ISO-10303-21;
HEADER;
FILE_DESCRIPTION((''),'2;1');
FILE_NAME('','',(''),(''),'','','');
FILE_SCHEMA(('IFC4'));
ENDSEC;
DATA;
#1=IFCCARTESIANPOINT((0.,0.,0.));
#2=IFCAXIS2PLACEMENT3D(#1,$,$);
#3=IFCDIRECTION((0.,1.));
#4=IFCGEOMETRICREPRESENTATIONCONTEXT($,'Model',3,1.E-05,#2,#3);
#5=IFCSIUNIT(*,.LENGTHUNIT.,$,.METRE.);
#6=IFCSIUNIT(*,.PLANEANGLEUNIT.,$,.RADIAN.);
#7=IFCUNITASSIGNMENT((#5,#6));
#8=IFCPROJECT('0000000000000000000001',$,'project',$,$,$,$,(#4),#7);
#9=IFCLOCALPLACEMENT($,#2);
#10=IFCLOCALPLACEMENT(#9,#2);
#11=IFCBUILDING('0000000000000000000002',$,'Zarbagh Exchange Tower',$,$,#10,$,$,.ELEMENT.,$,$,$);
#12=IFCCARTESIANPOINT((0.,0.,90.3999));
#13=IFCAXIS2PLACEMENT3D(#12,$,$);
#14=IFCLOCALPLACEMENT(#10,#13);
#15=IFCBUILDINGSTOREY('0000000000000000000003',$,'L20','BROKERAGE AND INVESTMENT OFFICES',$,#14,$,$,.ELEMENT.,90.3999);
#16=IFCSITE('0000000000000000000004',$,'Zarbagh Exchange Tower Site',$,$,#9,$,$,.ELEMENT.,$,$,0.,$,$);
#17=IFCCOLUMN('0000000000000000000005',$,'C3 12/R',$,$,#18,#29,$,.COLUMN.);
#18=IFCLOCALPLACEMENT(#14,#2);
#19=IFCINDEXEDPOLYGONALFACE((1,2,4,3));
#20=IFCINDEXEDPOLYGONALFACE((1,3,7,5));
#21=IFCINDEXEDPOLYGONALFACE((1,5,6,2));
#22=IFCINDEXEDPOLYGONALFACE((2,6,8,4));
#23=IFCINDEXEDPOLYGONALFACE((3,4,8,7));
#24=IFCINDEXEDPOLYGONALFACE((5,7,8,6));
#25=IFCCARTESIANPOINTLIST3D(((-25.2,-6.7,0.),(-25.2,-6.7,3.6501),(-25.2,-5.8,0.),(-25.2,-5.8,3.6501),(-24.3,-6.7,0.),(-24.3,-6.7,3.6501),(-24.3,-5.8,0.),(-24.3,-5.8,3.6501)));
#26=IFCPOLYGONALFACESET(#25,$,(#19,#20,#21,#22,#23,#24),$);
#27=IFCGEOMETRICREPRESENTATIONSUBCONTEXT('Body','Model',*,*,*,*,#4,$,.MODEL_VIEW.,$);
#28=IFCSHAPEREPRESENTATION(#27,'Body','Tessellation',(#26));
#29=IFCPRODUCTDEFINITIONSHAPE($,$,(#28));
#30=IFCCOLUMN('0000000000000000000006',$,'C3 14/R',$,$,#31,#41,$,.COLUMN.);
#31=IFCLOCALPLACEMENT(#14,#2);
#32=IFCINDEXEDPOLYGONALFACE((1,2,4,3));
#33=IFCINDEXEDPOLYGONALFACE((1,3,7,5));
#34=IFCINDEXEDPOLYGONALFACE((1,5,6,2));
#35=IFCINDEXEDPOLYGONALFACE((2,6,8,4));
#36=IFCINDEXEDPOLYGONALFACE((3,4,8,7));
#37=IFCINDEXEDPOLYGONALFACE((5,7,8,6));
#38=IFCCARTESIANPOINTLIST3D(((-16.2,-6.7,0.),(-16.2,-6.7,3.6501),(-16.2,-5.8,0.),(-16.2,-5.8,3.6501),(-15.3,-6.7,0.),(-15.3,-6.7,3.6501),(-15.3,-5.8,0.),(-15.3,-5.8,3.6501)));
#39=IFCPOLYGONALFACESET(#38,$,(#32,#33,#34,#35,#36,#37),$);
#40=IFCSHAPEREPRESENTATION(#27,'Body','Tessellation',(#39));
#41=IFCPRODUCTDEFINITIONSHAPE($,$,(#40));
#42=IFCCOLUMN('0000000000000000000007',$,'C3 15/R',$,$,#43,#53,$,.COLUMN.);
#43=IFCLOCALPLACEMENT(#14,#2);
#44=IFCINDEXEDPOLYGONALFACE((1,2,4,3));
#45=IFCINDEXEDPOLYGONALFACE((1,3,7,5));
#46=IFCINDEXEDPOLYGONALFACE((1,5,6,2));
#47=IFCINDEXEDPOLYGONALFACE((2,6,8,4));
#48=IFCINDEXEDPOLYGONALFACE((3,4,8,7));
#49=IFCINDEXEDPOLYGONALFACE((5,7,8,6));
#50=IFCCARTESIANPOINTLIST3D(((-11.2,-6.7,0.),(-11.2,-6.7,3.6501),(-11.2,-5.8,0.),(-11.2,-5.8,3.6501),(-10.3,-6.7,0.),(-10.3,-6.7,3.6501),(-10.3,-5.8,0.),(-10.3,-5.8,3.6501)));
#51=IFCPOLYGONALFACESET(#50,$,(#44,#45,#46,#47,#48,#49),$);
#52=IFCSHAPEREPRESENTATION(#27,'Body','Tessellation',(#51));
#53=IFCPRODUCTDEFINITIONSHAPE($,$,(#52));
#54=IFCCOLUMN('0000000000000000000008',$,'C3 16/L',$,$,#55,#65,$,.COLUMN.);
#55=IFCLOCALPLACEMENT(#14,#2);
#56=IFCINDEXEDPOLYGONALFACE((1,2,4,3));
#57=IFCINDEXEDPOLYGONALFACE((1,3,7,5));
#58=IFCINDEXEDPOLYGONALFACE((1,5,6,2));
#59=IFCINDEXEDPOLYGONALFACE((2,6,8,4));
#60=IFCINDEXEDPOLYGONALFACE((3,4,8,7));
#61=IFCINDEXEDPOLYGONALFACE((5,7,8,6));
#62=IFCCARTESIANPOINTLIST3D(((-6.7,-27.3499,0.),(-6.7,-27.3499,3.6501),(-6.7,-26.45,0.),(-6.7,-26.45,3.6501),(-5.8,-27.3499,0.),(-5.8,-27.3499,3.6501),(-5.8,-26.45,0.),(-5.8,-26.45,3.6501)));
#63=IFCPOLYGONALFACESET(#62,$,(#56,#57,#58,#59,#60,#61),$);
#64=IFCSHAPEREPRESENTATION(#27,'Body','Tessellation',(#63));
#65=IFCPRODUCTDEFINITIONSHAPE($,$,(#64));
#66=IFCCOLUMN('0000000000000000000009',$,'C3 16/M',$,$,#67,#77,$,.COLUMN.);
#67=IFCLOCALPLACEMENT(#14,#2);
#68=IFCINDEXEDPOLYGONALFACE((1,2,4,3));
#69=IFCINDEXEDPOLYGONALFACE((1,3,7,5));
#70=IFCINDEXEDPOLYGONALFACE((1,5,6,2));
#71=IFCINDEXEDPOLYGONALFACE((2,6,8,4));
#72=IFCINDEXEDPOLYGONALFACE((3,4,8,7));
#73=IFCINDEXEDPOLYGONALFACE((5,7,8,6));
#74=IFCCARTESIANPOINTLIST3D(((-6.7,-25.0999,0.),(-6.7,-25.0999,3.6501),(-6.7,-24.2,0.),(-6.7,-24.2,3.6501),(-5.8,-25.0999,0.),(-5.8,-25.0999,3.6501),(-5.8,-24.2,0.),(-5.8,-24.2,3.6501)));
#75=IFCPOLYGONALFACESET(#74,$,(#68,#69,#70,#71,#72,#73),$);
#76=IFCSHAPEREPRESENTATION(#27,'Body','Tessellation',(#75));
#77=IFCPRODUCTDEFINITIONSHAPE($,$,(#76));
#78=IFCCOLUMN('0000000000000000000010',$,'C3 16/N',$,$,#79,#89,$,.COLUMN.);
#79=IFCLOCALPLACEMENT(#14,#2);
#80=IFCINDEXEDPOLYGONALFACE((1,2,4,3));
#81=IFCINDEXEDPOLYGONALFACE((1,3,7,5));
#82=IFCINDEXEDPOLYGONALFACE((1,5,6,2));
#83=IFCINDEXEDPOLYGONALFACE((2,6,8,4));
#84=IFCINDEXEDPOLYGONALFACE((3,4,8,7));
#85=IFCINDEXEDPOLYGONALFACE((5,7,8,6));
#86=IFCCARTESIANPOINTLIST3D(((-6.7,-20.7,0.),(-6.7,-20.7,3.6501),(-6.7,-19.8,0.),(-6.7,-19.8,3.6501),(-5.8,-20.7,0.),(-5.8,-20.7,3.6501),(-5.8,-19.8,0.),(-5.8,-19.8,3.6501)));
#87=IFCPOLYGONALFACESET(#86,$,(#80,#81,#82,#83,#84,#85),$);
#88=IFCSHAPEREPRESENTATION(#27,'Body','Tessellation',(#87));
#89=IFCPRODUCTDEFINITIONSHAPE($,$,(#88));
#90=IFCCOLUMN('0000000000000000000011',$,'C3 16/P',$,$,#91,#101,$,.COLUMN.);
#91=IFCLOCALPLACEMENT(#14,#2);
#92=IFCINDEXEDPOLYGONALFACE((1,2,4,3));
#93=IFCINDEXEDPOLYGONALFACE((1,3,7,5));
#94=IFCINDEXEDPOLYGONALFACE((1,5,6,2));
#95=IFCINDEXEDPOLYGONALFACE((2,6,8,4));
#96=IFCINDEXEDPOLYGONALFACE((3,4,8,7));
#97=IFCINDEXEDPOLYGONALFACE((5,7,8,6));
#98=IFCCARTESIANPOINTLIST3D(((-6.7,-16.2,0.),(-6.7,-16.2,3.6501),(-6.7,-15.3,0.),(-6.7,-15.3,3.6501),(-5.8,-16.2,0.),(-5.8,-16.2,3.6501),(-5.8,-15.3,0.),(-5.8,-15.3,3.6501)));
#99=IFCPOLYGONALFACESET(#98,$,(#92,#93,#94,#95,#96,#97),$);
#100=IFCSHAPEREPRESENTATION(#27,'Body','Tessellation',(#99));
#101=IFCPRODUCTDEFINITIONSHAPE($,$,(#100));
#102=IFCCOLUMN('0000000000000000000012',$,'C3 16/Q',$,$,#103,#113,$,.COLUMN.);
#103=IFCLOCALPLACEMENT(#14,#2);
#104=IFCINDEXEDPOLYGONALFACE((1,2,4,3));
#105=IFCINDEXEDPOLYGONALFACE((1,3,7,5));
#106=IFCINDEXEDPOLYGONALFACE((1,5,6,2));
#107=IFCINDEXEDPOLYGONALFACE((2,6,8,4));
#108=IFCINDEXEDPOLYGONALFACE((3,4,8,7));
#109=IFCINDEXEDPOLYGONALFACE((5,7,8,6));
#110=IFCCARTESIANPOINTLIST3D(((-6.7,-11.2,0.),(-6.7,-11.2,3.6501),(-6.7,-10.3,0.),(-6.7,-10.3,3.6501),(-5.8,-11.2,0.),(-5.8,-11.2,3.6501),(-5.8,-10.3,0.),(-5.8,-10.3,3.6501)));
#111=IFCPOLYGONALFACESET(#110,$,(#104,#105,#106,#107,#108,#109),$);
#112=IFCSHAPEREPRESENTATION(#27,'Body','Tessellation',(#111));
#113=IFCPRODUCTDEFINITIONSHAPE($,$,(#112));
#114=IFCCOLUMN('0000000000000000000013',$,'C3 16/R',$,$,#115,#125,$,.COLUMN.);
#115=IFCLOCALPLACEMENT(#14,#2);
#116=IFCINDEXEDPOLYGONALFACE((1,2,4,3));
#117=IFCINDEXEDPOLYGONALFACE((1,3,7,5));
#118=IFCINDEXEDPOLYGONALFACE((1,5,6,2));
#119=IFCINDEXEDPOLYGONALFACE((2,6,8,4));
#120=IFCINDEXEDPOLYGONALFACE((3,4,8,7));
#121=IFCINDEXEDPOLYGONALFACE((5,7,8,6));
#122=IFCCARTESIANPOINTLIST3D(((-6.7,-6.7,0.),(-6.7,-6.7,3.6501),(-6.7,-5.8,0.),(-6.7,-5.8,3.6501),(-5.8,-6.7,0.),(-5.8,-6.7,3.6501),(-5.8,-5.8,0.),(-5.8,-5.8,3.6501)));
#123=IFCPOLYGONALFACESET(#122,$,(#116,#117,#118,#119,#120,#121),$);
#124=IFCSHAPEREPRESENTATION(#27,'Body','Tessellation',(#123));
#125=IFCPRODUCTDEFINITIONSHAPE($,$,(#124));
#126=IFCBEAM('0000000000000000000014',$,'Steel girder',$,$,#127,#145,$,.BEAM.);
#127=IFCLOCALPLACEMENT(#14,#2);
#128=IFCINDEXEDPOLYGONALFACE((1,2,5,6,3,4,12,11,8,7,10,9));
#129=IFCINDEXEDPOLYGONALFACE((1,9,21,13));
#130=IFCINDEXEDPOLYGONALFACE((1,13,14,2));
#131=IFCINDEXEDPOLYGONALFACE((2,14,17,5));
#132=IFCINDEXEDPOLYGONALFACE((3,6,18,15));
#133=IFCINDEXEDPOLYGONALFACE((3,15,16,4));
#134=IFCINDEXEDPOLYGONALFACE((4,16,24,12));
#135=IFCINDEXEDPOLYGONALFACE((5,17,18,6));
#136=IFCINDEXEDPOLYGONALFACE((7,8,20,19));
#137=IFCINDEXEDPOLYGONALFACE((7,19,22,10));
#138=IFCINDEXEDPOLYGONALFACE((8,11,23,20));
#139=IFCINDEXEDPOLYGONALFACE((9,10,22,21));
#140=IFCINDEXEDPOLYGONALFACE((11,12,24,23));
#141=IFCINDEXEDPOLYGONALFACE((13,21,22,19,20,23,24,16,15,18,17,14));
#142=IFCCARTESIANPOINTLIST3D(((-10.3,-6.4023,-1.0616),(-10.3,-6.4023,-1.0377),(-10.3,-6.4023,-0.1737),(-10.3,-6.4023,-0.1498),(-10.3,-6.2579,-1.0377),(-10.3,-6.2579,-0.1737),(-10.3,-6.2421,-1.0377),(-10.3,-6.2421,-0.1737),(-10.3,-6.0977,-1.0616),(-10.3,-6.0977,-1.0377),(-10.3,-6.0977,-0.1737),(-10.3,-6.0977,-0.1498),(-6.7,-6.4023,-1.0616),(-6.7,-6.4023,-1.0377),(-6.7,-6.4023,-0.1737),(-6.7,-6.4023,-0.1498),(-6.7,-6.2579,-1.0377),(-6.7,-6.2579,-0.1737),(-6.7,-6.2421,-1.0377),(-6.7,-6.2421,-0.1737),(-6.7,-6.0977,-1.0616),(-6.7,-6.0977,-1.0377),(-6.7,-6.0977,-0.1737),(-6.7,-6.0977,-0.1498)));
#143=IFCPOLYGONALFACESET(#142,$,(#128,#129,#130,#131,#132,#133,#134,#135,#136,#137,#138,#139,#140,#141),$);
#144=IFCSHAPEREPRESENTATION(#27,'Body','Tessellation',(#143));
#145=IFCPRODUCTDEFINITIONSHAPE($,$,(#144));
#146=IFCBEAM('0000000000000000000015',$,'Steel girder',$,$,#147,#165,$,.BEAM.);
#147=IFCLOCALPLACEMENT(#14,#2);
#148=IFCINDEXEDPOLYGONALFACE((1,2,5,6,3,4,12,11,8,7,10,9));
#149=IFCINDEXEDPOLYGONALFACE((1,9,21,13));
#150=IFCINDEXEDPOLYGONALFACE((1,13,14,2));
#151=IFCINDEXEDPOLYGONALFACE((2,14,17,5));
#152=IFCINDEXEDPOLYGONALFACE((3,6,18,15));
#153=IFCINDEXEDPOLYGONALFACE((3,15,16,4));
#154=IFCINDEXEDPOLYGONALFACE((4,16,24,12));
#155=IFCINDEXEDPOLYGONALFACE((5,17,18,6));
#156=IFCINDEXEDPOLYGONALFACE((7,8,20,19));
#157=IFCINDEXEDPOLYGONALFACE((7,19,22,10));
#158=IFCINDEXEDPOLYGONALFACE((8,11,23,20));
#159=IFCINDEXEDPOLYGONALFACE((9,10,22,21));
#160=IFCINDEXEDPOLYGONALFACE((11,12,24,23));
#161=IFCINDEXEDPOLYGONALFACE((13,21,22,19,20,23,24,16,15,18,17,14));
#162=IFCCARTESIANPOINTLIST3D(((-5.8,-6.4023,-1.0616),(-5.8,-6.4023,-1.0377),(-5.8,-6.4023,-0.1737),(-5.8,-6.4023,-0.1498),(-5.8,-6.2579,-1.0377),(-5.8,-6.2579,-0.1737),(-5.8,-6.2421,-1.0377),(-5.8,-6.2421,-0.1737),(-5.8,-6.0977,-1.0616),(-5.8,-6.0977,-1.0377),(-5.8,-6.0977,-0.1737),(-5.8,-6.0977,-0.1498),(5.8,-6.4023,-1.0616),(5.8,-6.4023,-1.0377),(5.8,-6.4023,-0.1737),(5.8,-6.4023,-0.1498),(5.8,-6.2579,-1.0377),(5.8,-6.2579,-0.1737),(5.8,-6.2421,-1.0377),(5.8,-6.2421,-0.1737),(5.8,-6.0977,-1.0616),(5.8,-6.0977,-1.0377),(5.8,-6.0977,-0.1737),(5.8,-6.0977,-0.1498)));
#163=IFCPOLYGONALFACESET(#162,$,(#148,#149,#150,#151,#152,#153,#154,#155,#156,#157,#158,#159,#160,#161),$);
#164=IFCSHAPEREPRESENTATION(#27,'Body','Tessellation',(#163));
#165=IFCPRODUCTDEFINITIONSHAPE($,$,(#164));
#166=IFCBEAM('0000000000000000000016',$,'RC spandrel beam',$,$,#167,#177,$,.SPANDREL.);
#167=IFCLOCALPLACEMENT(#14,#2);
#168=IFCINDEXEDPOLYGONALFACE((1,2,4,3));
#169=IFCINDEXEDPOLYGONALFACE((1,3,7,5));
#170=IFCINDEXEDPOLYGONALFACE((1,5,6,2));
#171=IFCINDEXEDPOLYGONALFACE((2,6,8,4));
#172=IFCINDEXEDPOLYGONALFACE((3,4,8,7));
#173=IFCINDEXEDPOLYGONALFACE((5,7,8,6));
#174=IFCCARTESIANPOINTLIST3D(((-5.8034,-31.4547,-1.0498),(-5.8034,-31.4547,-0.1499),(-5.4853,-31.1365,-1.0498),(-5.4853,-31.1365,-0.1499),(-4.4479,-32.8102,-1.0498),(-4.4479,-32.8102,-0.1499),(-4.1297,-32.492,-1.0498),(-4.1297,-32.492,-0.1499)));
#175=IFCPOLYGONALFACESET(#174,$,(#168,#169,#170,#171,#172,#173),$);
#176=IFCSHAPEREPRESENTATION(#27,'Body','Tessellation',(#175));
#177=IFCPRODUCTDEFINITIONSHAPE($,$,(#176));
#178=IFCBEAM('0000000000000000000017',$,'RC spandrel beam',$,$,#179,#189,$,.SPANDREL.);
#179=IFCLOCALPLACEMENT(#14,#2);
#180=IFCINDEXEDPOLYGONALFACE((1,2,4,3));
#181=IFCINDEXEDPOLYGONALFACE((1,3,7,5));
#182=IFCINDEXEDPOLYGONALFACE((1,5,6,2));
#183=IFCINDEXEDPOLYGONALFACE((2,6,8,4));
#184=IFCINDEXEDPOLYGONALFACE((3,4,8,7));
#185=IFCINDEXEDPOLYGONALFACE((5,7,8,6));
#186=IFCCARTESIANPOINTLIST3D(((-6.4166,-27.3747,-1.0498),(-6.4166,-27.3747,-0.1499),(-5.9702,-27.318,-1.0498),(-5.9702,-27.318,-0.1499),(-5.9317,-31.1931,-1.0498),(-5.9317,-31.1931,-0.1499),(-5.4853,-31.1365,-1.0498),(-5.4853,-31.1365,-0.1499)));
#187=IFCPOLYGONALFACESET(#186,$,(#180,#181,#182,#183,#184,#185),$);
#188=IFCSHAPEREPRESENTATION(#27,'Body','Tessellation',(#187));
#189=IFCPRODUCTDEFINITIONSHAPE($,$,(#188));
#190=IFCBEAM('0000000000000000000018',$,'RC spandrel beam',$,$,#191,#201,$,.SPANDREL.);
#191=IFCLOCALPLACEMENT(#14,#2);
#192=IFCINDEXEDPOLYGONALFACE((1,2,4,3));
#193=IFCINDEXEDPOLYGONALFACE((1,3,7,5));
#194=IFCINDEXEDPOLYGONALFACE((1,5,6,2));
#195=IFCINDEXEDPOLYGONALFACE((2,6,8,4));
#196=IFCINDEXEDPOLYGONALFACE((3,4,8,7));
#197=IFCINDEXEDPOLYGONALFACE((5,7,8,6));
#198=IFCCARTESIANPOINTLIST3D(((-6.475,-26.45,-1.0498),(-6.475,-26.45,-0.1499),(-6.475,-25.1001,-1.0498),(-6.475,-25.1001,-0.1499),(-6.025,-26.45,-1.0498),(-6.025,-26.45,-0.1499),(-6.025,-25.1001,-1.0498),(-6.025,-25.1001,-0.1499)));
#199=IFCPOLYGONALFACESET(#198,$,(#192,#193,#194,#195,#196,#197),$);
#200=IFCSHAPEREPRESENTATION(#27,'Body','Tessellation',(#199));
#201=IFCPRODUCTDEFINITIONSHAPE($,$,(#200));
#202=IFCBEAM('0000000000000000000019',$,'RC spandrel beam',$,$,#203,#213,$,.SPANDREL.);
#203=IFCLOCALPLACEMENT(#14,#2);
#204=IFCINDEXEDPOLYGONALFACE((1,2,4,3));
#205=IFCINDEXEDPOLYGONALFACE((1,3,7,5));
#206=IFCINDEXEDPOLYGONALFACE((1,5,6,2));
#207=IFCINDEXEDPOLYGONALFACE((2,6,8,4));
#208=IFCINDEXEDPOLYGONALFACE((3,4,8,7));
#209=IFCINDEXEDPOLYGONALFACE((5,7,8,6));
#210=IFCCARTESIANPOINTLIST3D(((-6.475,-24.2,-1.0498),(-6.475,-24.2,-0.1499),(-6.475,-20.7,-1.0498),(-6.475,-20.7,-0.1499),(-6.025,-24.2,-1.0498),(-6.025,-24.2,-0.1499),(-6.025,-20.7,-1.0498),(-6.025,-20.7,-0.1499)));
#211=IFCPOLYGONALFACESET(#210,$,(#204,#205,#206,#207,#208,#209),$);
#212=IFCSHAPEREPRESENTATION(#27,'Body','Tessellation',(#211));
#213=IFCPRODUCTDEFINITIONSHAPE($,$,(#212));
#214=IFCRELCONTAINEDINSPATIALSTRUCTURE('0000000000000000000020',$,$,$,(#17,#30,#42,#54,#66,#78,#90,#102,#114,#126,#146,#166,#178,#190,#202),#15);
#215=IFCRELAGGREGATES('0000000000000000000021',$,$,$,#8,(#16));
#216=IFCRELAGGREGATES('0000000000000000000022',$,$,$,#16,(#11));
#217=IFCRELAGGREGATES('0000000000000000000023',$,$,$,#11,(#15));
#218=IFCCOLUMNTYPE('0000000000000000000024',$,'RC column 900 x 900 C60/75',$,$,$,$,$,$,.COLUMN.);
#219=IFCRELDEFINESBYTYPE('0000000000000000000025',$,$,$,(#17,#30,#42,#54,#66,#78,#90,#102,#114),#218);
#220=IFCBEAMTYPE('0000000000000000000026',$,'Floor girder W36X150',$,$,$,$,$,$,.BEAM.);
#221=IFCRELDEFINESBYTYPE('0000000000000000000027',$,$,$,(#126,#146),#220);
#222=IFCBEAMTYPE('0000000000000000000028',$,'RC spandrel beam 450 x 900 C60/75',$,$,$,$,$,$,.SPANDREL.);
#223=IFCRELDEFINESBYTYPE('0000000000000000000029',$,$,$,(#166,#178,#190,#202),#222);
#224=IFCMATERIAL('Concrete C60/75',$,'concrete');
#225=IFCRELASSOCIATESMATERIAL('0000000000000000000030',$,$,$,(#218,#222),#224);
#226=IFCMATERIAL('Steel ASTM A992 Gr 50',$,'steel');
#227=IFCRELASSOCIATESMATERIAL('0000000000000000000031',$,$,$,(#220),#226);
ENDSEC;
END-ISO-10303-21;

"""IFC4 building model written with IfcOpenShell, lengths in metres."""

from ifc_helpers import new_model, si_unit, direction, frame, origin, origin_2d, place, context, subcontext, project, spatial, rectangle, i_section, extrude, material, material_profile, profile_set, type_object, element, save


model = new_model("IFC4")

# Units and contexts
model_context = context("Model", 3, precision=1e-05, world=origin(), true_north=direction((0.0, 1.0)))
body_context = subcontext(model_context, "Body", "Model", "MODEL_VIEW")
ifc_project = project(units=[si_unit("LENGTHUNIT", "METRE"), si_unit("PLANEANGLEUNIT", "RADIAN")], contexts=[model_context])

# Site, building, storey
site_placement = place(None, origin())
site = spatial("IfcSite", under=ifc_project, at=site_placement, Name="Zarbagh Exchange Tower Site", CompositionType="ELEMENT", RefElevation=0.0)
building_placement = place(site_placement, origin())
building = spatial("IfcBuilding", under=site, at=building_placement, Name="Zarbagh Exchange Tower", CompositionType="ELEMENT")
storey_placement = place(building_placement, frame((0.0, 0.0, 90.3999)))
storey = spatial("IfcBuildingStorey", under=building, at=storey_placement, Name="L20", Description="BROKERAGE AND INVESTMENT OFFICES", CompositionType="ELEMENT", Elevation=90.3999)

# Columns
ifc_material_1 = material(Name="Concrete C60/75", Category="concrete")
ifc_material_profile_1 = material_profile(ifc_material_1, rectangle(XDim=0.8999, YDim=0.8999, at=origin_2d()), Name="RC column 900 x 900 C60/75")
ifc_profile_set_1 = profile_set([ifc_material_profile_1], Name="Concrete C60/75")
column_type = type_object("IfcColumnType", Name="RC column 900 x 900 C60/75", PredefinedType="COLUMN", material=ifc_profile_set_1)
for number, where, z_axis, x_axis, name in (
    (1, (-24.75, -6.25, 0.0), (0.0, 0.0, 1.0), (1.0, 0.0, 0.0), "C3 12/R"),
    (2, (-15.75, -6.25, 0.0), (0.0, 0.0, 1.0), (1.0, 0.0, 0.0), "C3 14/R"),
    (3, (-10.75, -6.25, 0.0), (0.0, 0.0, 1.0), (1.0, 0.0, 0.0), "C3 15/R"),
    (4, (-6.25, -26.8999, 0.0), (0.0, 0.0, 1.0), (1.0, 0.0, 0.0), "C3 16/L"),
    (5, (-6.25, -24.6499, 0.0), (0.0, 0.0, 1.0), (1.0, 0.0, 0.0), "C3 16/M"),
    (6, (-6.25, -20.25, 0.0), (0.0, 0.0, 1.0), (1.0, 0.0, 0.0), "C3 16/N"),
    (7, (-6.25, -15.75, 0.0), (0.0, 0.0, 1.0), (1.0, 0.0, 0.0), "C3 16/P"),
    (8, (-6.25, -10.75, 0.0), (0.0, 0.0, 1.0), (1.0, 0.0, 0.0), "C3 16/Q"),
    (9, (-6.25, -6.25, 0.0), (0.0, 0.0, 1.0), (1.0, 0.0, 0.0), "C3 16/R"),
):
    element("IfcColumn", number, at=place(storey_placement, frame(where, z_axis=z_axis, x_axis=x_axis)), inside=storey, type_object=column_type, Name=name, PredefinedType="COLUMN", context=body_context, shape_type="SweptSolid", body=[
        extrude(rectangle(XDim=0.8999, YDim=0.8999, at=origin_2d()), origin(), (0.0, 0.0, 1.0), 3.6501),
    ])

# Beams
ifc_material_2 = material(Name="Steel ASTM A992 Gr 50", Category="steel")
ifc_material_profile_2 = material_profile(ifc_material_2, i_section(OverallWidth=0.3047, OverallDepth=0.9119, WebThickness=0.0159, FlangeThickness=0.0239, at=origin_2d()), Name="W36X150")
ifc_profile_set_2 = profile_set([ifc_material_profile_2], Name="Steel ASTM A992 Gr 50")
beam_type_1 = type_object("IfcBeamType", Name="Floor girder W36X150", PredefinedType="BEAM", material=ifc_profile_set_2)
beam_1_placement = place(storey_placement, frame((-10.3, -6.25, -0.6057), z_axis=(1.0, 0.0, 0.0), x_axis=(0.0, 1.0, 0.0)))
element("IfcBeam", 10, at=beam_1_placement, inside=storey, type_object=beam_type_1, Name="Steel girder", PredefinedType="BEAM", context=body_context, shape_type="SweptSolid", body=[
    extrude(i_section(OverallWidth=0.3047, OverallDepth=0.9119, WebThickness=0.0159, FlangeThickness=0.0239, at=origin_2d()), origin(), (0.0, 0.0, 1.0), 3.6001),
])
beam_2_placement = place(storey_placement, frame((-5.8, -6.25, -0.6057), z_axis=(1.0, 0.0, 0.0), x_axis=(0.0, 1.0, 0.0)))
element("IfcBeam", 11, at=beam_2_placement, inside=storey, type_object=beam_type_1, Name="Steel girder", PredefinedType="BEAM", context=body_context, shape_type="SweptSolid", body=[
    extrude(i_section(OverallWidth=0.3047, OverallDepth=0.9119, WebThickness=0.0159, FlangeThickness=0.0239, at=origin_2d()), origin(), (0.0, 0.0, 1.0), 11.6001),
])
ifc_material_profile_3 = material_profile(ifc_material_1, rectangle(XDim=0.45, YDim=0.8999, at=origin_2d()), Name="RC spandrel beam 450 x 900 C60/75")
ifc_profile_set_3 = profile_set([ifc_material_profile_3], Name="Concrete C60/75")
beam_type_2 = type_object("IfcBeamType", Name="RC spandrel beam 450 x 900 C60/75", PredefinedType="SPANDREL", material=ifc_profile_set_3)
beam_3_placement = place(storey_placement, frame((-4.2888, -32.6511, -0.5999), z_axis=(-0.707107, 0.707107, 0.0), x_axis=(-0.707107, -0.707107, 0.0)))
element("IfcBeam", 12, at=beam_3_placement, inside=storey, type_object=beam_type_2, Name="RC spandrel beam", PredefinedType="SPANDREL", context=body_context, shape_type="SweptSolid", body=[
    extrude(rectangle(XDim=0.45, YDim=0.8999, at=origin_2d()), origin(), (0.0, 0.0, 1.0), 1.917),
])
beam_4_placement = place(storey_placement, frame((-5.7085, -31.1648, -0.5999), z_axis=(-0.125971, 0.992034, 0.0), x_axis=(-0.992034, -0.125971, 0.0)))
element("IfcBeam", 13, at=beam_4_placement, inside=storey, type_object=beam_type_2, Name="RC spandrel beam", PredefinedType="SPANDREL", context=body_context, shape_type="SweptSolid", body=[
    extrude(rectangle(XDim=0.45, YDim=0.8999, at=origin_2d()), origin(), (0.0, 0.0, 1.0), 3.8491),
])
beam_5_placement = place(storey_placement, frame((-6.25, -26.45, -0.5999), z_axis=(0.0, 1.0, 0.0), x_axis=(-1.0, 0.0, 0.0)))
element("IfcBeam", 14, at=beam_5_placement, inside=storey, type_object=beam_type_2, Name="RC spandrel beam", PredefinedType="SPANDREL", context=body_context, shape_type="SweptSolid", body=[
    extrude(rectangle(XDim=0.45, YDim=0.8999, at=origin_2d()), origin(), (0.0, 0.0, 1.0), 1.3499),
])
beam_6_placement = place(storey_placement, frame((-6.25, -24.2, -0.5999), z_axis=(0.0, 1.0, 0.0), x_axis=(-1.0, 0.0, 0.0)))
element("IfcBeam", 15, at=beam_6_placement, inside=storey, type_object=beam_type_2, Name="RC spandrel beam", PredefinedType="SPANDREL", context=body_context, shape_type="SweptSolid", body=[
    extrude(rectangle(XDim=0.45, YDim=0.8999, at=origin_2d()), origin(), (0.0, 0.0, 1.0), 3.5),
])

save(model, "model.ifc")
